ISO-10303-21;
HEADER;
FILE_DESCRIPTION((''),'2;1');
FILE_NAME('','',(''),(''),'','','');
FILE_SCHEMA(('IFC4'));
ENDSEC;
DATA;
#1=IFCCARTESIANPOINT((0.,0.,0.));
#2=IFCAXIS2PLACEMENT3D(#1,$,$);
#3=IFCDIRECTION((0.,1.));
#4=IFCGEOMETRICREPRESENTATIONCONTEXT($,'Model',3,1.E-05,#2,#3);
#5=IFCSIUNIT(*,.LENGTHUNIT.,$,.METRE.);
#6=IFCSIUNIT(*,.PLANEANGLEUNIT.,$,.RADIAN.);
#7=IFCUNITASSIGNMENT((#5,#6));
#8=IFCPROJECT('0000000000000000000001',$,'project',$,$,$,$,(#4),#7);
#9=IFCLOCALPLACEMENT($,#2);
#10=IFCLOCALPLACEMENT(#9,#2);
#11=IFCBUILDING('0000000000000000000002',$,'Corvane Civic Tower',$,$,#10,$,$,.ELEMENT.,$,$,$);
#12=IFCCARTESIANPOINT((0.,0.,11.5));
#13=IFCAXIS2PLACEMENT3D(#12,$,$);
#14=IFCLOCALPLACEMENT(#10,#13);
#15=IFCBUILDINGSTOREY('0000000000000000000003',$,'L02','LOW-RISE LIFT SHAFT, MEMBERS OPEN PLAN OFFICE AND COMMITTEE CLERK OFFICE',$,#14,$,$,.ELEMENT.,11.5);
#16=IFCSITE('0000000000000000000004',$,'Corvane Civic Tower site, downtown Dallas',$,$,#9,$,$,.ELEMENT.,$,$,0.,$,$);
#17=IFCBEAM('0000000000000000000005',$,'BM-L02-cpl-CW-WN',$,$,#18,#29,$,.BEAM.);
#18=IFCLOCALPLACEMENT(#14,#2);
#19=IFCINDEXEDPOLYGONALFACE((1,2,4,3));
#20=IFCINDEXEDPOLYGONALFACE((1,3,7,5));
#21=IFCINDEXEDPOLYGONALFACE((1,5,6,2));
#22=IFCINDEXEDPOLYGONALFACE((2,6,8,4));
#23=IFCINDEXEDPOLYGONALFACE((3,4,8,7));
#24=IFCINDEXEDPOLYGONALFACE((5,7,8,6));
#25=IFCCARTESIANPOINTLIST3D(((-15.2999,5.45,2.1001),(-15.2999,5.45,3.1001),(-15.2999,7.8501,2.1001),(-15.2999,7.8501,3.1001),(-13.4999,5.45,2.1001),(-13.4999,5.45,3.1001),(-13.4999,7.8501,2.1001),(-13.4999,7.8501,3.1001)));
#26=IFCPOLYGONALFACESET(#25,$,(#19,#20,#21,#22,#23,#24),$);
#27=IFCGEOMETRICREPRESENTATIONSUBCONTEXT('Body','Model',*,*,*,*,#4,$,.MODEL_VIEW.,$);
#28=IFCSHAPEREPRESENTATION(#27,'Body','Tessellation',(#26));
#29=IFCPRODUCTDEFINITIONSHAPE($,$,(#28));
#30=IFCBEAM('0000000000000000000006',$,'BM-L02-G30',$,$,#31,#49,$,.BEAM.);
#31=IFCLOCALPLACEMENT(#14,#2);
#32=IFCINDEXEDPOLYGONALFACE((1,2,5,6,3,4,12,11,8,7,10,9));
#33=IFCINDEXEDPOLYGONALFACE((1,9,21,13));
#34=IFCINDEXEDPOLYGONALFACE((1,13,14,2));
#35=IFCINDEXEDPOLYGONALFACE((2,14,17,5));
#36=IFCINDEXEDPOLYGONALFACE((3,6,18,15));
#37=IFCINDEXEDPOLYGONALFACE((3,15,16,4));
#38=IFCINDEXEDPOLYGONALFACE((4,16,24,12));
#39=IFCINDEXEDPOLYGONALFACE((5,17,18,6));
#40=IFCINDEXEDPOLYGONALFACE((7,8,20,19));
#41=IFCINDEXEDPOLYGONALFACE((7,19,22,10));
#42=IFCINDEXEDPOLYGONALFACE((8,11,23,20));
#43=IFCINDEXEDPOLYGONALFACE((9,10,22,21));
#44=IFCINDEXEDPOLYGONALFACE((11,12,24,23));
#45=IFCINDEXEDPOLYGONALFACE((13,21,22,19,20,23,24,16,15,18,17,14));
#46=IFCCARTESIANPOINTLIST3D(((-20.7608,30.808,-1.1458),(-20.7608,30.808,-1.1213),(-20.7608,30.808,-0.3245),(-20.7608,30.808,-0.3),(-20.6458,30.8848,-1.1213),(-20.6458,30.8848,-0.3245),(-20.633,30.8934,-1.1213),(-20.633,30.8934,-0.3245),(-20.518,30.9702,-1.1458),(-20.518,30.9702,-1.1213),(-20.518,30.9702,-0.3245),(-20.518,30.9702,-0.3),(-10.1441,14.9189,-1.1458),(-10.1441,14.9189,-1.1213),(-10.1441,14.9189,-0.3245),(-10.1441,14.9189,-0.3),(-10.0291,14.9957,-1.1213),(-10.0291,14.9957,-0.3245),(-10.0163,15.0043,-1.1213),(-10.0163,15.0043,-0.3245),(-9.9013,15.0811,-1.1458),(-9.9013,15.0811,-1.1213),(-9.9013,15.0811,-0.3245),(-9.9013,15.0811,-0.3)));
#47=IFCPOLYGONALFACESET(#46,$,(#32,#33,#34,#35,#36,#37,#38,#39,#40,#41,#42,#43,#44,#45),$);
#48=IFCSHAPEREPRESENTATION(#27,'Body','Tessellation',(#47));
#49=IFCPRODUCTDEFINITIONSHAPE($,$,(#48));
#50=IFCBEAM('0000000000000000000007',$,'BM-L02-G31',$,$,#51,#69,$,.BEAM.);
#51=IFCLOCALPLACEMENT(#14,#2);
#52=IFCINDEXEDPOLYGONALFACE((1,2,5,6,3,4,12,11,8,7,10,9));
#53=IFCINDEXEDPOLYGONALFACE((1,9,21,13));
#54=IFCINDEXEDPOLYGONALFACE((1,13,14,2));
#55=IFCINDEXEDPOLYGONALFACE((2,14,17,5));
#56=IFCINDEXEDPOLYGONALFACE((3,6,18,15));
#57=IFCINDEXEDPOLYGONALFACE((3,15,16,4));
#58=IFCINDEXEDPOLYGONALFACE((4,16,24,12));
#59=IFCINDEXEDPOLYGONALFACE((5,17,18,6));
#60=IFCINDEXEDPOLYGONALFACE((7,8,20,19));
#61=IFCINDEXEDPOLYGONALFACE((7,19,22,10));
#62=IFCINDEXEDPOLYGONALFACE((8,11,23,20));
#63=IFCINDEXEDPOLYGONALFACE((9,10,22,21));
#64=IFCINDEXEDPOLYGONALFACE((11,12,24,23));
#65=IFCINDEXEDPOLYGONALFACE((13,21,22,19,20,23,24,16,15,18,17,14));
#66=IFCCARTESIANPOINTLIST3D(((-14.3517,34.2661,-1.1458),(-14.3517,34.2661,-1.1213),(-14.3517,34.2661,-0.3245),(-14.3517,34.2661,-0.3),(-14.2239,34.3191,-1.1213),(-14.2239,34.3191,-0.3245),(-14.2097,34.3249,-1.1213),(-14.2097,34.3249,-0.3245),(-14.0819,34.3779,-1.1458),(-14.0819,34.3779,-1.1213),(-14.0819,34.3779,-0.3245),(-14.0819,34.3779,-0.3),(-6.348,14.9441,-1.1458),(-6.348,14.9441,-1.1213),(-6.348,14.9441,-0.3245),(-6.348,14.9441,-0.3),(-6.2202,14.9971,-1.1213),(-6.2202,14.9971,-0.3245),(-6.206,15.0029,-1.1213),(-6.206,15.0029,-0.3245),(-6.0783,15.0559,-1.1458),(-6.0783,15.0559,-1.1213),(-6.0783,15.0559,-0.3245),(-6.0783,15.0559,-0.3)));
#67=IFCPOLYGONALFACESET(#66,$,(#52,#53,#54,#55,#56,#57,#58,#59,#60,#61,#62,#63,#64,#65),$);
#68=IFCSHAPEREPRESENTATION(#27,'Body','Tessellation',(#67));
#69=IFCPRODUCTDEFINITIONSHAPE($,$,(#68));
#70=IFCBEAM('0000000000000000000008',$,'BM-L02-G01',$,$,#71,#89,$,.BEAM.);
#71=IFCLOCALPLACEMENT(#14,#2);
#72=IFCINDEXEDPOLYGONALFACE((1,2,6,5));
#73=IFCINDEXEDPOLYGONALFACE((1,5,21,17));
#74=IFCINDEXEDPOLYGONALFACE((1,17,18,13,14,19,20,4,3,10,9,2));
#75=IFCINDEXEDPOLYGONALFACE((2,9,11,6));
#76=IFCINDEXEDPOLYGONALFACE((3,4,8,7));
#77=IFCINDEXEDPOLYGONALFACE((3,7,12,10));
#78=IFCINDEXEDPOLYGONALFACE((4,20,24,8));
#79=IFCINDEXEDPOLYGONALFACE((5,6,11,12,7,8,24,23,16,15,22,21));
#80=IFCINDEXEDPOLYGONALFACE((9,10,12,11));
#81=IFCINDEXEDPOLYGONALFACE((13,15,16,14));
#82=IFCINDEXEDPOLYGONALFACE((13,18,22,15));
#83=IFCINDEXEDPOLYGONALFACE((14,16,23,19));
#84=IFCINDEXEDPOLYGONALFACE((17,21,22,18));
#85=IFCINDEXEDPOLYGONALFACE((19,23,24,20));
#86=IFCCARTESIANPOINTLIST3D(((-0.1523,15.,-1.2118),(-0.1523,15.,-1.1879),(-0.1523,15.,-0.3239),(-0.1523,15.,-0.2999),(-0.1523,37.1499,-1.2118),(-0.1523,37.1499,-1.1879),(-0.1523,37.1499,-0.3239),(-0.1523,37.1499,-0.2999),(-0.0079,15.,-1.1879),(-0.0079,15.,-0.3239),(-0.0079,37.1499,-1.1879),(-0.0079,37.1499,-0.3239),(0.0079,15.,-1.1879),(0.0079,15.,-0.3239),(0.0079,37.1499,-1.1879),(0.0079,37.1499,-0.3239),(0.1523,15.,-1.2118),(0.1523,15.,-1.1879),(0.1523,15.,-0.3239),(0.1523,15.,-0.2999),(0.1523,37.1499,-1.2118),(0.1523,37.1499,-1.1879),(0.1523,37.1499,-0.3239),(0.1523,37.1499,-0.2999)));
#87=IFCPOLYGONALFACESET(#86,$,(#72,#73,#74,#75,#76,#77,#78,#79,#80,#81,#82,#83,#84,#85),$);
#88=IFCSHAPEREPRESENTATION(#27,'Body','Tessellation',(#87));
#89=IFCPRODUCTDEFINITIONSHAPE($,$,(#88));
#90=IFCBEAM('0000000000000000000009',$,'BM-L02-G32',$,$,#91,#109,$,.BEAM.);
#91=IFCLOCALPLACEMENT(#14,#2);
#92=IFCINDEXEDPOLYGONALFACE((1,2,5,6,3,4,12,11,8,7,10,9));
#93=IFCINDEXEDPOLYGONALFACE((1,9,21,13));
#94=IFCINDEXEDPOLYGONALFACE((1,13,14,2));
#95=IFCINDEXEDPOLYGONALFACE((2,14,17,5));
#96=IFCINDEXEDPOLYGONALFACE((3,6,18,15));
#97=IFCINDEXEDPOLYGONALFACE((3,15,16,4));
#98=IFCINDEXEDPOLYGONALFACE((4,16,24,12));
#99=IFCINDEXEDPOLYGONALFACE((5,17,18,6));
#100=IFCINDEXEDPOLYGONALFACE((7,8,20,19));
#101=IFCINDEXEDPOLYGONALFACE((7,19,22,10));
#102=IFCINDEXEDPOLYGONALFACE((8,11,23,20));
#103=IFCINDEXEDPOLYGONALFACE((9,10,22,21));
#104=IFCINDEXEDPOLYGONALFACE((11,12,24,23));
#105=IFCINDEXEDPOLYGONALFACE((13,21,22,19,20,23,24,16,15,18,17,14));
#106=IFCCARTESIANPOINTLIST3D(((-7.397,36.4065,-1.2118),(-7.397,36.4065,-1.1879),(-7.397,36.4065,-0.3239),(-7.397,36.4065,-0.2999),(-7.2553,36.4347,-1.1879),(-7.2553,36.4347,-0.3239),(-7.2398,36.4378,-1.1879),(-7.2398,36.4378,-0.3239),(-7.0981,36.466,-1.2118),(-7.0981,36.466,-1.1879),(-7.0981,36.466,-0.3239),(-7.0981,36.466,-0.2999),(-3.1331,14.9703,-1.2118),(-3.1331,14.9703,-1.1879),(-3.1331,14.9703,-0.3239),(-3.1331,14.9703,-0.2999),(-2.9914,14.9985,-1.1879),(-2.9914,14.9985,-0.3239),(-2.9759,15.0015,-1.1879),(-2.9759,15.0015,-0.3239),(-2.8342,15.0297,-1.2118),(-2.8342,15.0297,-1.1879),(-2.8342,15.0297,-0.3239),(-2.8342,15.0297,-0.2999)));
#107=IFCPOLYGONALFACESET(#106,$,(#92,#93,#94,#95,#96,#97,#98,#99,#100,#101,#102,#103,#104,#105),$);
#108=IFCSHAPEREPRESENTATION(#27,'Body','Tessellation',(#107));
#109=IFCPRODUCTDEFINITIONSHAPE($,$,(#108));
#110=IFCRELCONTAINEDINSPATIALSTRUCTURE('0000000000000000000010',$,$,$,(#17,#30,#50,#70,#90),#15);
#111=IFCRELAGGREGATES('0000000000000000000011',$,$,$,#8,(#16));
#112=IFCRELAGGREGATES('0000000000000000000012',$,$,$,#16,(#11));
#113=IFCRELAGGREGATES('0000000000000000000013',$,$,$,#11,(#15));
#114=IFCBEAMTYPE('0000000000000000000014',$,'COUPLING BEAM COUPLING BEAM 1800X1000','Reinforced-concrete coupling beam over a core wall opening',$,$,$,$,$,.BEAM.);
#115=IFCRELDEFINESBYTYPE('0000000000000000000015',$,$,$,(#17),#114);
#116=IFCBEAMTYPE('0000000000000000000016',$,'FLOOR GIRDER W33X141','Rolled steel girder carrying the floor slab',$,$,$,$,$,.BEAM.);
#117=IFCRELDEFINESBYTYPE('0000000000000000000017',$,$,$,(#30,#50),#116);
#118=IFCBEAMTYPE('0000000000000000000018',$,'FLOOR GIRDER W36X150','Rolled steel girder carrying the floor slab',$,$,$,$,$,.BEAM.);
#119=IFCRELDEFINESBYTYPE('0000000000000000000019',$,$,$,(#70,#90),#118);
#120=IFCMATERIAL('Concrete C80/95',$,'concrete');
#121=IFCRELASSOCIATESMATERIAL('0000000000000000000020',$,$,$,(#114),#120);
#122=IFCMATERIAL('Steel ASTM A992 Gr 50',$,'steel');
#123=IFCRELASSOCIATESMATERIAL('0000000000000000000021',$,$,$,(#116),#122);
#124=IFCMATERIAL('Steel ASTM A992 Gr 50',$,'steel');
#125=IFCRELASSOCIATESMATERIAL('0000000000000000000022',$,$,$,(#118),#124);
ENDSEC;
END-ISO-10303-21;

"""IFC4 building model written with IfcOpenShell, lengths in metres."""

from ifc_helpers import new_model, si_unit, direction, frame, origin, origin_2d, place, context, subcontext, project, spatial, rectangle, i_section, extrude, material, material_profile, profile_set, type_object, element, save


model = new_model("IFC4")

# Units and contexts
model_context = context("Model", 3, precision=1e-05, world=origin(), true_north=direction((0.0, 1.0)))
body_context = subcontext(model_context, "Body", "Model", "MODEL_VIEW")
ifc_project = project(units=[si_unit("LENGTHUNIT", "METRE"), si_unit("PLANEANGLEUNIT", "RADIAN")], contexts=[model_context])

# Site, building, storey
site_placement = place(None, origin())
site = spatial("IfcSite", under=ifc_project, at=site_placement, Name="Corvane Civic Tower site, downtown Dallas", CompositionType="ELEMENT", RefElevation=0.0)
building_placement = place(site_placement, origin())
building = spatial("IfcBuilding", under=site, at=building_placement, Name="Corvane Civic Tower", CompositionType="ELEMENT")
storey_placement = place(building_placement, frame((0.0, 0.0, 11.5)))
storey = spatial("IfcBuildingStorey", under=building, at=storey_placement, Name="L02", Description="LOW-RISE LIFT SHAFT, MEMBERS OPEN PLAN OFFICE AND COMMITTEE CLERK OFFICE", CompositionType="ELEMENT", Elevation=11.5)

# Beams
ifc_material_1 = material(Name="Concrete C80/95", Category="concrete")
ifc_material_profile_1 = material_profile(ifc_material_1, rectangle(XDim=1.8, YDim=1.0, at=origin_2d()), Name="COUPLING BEAM 1800X1000")
ifc_profile_set_1 = profile_set([ifc_material_profile_1], Name="Concrete C80/95")
beam_type_1 = type_object("IfcBeamType", Name="COUPLING BEAM COUPLING BEAM 1800X1000", Description="Reinforced-concrete coupling beam over a core wall opening", PredefinedType="BEAM", material=ifc_profile_set_1)
beam_1_placement = place(storey_placement, frame((-14.3999, 5.45, 2.6001), z_axis=(0.0, 1.0, 0.0), x_axis=(-1.0, 0.0, 0.0)))
element("IfcBeam", 1, at=beam_1_placement, inside=storey, type_object=beam_type_1, Name="BM-L02-cpl-CW-WN", PredefinedType="BEAM", context=body_context, shape_type="SweptSolid", body=[
    extrude(rectangle(XDim=1.8, YDim=1.0, at=origin_2d()), origin(), (0.0, 0.0, 1.0), 2.4001),
])
ifc_material_2 = material(Name="Steel ASTM A992 Gr 50", Category="steel")
ifc_material_profile_2 = material_profile(ifc_material_2, i_section(OverallWidth=0.292, OverallDepth=0.8457, WebThickness=0.0154, FlangeThickness=0.0244, at=origin_2d()), Name="W33X141")
ifc_profile_set_2 = profile_set([ifc_material_profile_2], Name="Steel ASTM A992 Gr 50")
beam_type_2 = type_object("IfcBeamType", Name="FLOOR GIRDER W33X141", Description="Rolled steel girder carrying the floor slab", PredefinedType="BEAM", material=ifc_profile_set_2)
beam_2_placement = place(storey_placement, frame((-10.0227, 15.0, -0.7229), z_axis=(-0.555567, 0.831472, 0.0), x_axis=(-0.831472, -0.555567, 0.0)))
element("IfcBeam", 2, at=beam_2_placement, inside=storey, type_object=beam_type_2, Name="BM-L02-G30", PredefinedType="BEAM", context=body_context, shape_type="SweptSolid", body=[
    extrude(i_section(OverallWidth=0.292, OverallDepth=0.8457, WebThickness=0.0154, FlangeThickness=0.0244, at=origin_2d()), origin(), (0.0, 0.0, 1.0), 19.1096),
])
beam_3_placement = place(storey_placement, frame((-6.2131, 15.0, -0.7229), z_axis=(-0.382692, 0.923876, 0.0), x_axis=(-0.923876, -0.382692, 0.0)))
element("IfcBeam", 3, at=beam_3_placement, inside=storey, type_object=beam_type_2, Name="BM-L02-G31", PredefinedType="BEAM", context=body_context, shape_type="SweptSolid", body=[
    extrude(i_section(OverallWidth=0.292, OverallDepth=0.8457, WebThickness=0.0154, FlangeThickness=0.0244, at=origin_2d()), origin(), (0.0, 0.0, 1.0), 20.9141),
])
ifc_material_3 = material(Name="Steel ASTM A992 Gr 50", Category="steel")
ifc_material_profile_3 = material_profile(ifc_material_3, i_section(OverallWidth=0.3047, OverallDepth=0.9119, WebThickness=0.0159, FlangeThickness=0.0239, at=origin_2d()), Name="W36X150")
ifc_profile_set_3 = profile_set([ifc_material_profile_3], Name="Steel ASTM A992 Gr 50")
beam_type_3 = type_object("IfcBeamType", Name="FLOOR GIRDER W36X150", Description="Rolled steel girder carrying the floor slab", PredefinedType="BEAM", material=ifc_profile_set_3)
beam_4_placement = place(storey_placement, frame((0.0, 15.0, -0.7559), z_axis=(0.0, 1.0, 0.0), x_axis=(-1.0, 0.0, 0.0)))
element("IfcBeam", 4, at=beam_4_placement, inside=storey, type_object=beam_type_3, Name="BM-L02-G01", PredefinedType="BEAM", context=body_context, shape_type="SweptSolid", body=[
    extrude(i_section(OverallWidth=0.3047, OverallDepth=0.9119, WebThickness=0.0159, FlangeThickness=0.0239, at=origin_2d()), origin(), (0.0, 0.0, 1.0), 22.1499),
])
beam_5_placement = place(storey_placement, frame((-2.9836, 15.0, -0.7559), z_axis=(-0.195089, 0.980785, 0.0), x_axis=(-0.980785, -0.195089, 0.0)))
element("IfcBeam", 5, at=beam_5_placement, inside=storey, type_object=beam_type_3, Name="BM-L02-G32", PredefinedType="BEAM", context=body_context, shape_type="SweptSolid", body=[
    extrude(i_section(OverallWidth=0.3047, OverallDepth=0.9119, WebThickness=0.0159, FlangeThickness=0.0239, at=origin_2d()), origin(), (0.0, 0.0, 1.0), 21.8562),
])

save(model, "model.ifc")
